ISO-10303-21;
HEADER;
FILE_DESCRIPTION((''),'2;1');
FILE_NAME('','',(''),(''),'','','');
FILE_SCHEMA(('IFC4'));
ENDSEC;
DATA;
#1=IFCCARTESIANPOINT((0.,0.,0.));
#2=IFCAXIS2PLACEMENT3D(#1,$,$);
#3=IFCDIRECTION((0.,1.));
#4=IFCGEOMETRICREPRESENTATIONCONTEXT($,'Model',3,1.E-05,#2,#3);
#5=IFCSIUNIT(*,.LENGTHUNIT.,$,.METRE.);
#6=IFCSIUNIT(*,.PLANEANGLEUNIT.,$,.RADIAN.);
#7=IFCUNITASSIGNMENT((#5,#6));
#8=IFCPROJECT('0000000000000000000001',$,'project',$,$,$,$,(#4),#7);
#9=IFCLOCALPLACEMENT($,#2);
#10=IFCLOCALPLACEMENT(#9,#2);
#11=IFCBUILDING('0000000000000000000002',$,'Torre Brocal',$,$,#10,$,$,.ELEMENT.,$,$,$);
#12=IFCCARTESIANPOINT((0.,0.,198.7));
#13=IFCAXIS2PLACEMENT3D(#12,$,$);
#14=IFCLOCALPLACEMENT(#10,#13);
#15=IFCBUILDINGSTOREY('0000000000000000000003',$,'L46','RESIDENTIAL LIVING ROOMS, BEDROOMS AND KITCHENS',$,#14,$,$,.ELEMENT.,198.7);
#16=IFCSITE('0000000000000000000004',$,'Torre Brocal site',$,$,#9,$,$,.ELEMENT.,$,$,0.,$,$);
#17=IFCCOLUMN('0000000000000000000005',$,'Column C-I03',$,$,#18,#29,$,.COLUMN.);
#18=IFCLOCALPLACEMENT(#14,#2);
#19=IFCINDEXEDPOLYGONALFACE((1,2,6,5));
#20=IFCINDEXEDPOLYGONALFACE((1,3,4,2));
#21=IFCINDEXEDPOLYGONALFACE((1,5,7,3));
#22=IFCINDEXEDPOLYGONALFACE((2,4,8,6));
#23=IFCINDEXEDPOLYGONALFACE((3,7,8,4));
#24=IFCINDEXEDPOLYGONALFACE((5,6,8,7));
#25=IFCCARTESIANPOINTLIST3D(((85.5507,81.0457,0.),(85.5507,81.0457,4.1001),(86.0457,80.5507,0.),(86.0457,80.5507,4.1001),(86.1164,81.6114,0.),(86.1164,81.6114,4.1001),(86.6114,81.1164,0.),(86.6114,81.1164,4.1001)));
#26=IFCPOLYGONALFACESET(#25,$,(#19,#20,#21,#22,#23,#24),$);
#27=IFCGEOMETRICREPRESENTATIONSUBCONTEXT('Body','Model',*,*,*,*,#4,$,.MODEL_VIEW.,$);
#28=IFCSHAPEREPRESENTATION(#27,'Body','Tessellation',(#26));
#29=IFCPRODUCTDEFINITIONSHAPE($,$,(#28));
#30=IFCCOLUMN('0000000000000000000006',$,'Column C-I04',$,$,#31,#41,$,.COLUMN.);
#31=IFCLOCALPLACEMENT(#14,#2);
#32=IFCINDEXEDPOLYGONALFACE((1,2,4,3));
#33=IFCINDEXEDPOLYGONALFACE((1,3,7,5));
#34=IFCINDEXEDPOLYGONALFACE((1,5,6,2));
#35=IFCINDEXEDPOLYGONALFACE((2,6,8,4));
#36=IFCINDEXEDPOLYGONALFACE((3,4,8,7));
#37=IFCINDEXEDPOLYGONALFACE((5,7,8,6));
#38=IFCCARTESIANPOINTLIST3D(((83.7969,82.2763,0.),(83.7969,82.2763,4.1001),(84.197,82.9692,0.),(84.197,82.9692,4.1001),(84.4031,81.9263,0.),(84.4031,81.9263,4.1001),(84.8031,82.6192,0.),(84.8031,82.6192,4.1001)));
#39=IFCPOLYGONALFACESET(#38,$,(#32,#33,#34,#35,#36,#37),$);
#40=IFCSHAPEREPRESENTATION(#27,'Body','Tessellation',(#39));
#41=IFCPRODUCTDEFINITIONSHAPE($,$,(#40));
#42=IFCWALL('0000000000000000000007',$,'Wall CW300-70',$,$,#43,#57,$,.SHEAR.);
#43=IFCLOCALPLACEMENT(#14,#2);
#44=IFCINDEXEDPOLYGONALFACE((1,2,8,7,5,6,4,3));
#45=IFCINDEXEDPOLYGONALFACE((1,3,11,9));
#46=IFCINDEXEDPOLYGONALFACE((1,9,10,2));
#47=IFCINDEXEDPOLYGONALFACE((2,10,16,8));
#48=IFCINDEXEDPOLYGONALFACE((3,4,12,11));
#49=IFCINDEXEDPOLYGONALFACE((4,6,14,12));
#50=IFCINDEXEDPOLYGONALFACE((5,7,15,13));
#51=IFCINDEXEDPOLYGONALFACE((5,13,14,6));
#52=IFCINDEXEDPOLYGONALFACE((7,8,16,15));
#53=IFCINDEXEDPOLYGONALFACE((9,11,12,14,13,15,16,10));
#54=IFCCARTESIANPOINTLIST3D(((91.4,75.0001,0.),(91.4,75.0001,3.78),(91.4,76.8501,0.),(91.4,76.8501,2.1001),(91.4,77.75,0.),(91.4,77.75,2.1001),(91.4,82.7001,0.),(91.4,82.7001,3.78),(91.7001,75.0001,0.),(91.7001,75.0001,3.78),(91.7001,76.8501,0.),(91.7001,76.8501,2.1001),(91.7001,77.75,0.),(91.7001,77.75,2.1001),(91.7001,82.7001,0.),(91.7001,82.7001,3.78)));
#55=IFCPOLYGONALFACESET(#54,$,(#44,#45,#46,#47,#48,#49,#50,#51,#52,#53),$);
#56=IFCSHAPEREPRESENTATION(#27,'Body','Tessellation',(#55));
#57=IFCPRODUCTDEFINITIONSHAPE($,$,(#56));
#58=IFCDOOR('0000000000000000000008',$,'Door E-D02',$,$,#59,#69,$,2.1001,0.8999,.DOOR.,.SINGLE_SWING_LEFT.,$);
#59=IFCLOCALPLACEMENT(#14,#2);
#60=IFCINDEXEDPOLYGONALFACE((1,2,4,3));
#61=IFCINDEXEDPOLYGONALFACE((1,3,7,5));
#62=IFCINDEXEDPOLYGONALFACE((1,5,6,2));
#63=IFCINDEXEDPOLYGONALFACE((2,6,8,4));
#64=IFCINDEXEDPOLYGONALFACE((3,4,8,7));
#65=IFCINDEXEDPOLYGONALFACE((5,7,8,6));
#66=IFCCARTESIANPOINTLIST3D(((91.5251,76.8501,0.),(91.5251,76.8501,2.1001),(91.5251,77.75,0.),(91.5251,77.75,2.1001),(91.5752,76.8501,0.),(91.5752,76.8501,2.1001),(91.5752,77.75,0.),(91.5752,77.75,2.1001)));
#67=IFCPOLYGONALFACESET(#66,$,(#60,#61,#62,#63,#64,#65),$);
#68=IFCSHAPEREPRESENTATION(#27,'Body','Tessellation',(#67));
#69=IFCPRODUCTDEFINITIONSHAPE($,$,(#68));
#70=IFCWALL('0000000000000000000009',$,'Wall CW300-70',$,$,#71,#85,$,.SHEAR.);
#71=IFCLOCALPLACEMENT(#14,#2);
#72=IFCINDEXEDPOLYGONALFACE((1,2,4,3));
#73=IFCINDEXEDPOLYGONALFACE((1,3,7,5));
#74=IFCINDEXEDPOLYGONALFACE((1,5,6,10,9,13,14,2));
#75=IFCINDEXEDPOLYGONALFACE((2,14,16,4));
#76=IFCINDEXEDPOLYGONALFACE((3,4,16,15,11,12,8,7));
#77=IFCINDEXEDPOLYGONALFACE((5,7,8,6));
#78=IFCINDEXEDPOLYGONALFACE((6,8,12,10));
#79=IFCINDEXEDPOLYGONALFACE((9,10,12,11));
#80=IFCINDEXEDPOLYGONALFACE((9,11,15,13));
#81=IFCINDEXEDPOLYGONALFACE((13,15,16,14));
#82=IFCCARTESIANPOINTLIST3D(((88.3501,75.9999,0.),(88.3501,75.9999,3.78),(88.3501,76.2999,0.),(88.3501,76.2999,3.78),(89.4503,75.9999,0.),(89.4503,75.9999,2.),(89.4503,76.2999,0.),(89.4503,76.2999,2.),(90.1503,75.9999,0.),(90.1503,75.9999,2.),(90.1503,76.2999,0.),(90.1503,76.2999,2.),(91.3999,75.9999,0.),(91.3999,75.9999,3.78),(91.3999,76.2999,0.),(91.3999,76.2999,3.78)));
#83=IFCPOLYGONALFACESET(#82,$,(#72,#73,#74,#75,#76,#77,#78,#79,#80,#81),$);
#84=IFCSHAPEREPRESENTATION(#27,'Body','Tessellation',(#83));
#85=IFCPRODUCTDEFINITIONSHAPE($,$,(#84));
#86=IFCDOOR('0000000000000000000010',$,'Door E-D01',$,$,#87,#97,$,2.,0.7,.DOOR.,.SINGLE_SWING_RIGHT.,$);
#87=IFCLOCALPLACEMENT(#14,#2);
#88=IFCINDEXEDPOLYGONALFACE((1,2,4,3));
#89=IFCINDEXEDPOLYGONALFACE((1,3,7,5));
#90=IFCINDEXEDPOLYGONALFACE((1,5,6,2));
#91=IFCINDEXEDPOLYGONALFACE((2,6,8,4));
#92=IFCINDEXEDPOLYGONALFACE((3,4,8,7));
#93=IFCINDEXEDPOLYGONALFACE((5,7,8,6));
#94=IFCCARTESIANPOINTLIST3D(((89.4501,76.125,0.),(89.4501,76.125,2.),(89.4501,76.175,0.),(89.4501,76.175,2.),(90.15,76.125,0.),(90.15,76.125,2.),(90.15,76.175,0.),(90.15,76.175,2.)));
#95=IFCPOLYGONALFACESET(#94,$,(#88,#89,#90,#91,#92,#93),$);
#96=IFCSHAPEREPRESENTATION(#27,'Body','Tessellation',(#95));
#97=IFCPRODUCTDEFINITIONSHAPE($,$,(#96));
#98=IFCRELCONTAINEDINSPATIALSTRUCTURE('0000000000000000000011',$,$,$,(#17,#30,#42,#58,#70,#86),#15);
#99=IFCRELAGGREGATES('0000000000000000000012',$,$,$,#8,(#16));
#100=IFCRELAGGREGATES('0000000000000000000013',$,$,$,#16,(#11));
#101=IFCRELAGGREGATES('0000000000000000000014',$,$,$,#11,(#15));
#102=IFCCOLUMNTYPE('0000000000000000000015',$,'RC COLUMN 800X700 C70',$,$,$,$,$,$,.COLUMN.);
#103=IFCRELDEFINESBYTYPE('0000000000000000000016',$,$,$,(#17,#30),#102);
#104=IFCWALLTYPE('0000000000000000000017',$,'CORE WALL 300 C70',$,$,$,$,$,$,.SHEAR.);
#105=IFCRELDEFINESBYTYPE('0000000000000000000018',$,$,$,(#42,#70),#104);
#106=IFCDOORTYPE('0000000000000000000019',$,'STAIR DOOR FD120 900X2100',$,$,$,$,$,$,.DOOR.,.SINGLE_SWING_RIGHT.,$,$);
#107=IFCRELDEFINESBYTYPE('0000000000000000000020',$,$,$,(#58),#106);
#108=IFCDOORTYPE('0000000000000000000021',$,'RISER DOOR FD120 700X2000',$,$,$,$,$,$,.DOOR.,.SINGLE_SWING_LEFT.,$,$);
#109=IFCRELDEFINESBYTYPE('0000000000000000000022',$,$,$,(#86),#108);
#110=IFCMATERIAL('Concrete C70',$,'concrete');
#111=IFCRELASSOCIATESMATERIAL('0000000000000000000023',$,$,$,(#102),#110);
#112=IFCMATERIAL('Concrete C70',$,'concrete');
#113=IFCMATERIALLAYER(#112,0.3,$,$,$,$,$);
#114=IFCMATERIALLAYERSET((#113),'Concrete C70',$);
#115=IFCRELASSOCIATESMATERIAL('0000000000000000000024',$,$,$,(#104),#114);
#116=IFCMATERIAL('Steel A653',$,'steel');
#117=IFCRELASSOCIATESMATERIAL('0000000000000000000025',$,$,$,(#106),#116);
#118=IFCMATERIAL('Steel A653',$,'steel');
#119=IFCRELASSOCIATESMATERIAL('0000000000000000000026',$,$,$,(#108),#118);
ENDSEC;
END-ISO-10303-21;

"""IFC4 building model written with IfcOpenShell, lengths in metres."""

from ifc_helpers import new_model, si_unit, direction, frame, frame_2d, origin, origin_2d, place, context, subcontext, project, spatial, rectangle, extrude, material, layer, layer_set, material_profile, profile_set, type_object, element, fill, save


model = new_model("IFC4")

# Units and contexts
model_context = context("Model", 3, precision=1e-05, world=origin(), true_north=direction((0.0, 1.0)))
body_context = subcontext(model_context, "Body", "Model", "MODEL_VIEW")
ifc_project = project(units=[si_unit("LENGTHUNIT", "METRE"), si_unit("PLANEANGLEUNIT", "RADIAN")], contexts=[model_context])

# Site, building, storey
site_placement = place(None, origin())
site = spatial("IfcSite", under=ifc_project, at=site_placement, Name="Torre Brocal site", CompositionType="ELEMENT", RefElevation=0.0)
building_placement = place(site_placement, origin())
building = spatial("IfcBuilding", under=site, at=building_placement, Name="Torre Brocal", CompositionType="ELEMENT")
storey_placement = place(building_placement, frame((0.0, 0.0, 198.7)))
storey = spatial("IfcBuildingStorey", under=building, at=storey_placement, Name="L46", Description="RESIDENTIAL LIVING ROOMS, BEDROOMS AND KITCHENS", CompositionType="ELEMENT", Elevation=198.7)

# Columns
ifc_material_1 = material(Name="Concrete C70", Category="concrete")
ifc_material_profile = material_profile(ifc_material_1, rectangle(XDim=0.8, YDim=0.7, at=origin_2d()), Name="RC 800X700")
ifc_profile_set = profile_set([ifc_material_profile], Name="Concrete C70")
column_type = type_object("IfcColumnType", Name="RC COLUMN 800X700 C70", PredefinedType="COLUMN", material=ifc_profile_set)
for number, where, z_axis, x_axis, name in (
    (1, (86.0811, 81.0811, 0.0), (0.0, 0.0, 1.0), (0.707107, 0.707107, 0.0), "Column C-I03"),
    (2, (84.3, 82.4478, 0.0), (0.0, 0.0, 1.0), (0.5, 0.866025, 0.0), "Column C-I04"),
):
    element("IfcColumn", number, at=place(storey_placement, frame(where, z_axis=z_axis, x_axis=x_axis)), inside=storey, type_object=column_type, Name=name, PredefinedType="COLUMN", context=body_context, shape_type="SweptSolid", body=[
        extrude(rectangle(XDim=0.8, YDim=0.7, at=origin_2d()), origin(), (0.0, 0.0, 1.0), 4.1001),
    ])

# Walls, openings, doors
ifc_material_2 = material(Name="Concrete C70", Category="concrete")
ifc_layer_1 = layer(ifc_material_2, 0.3)
ifc_layer_set_1 = layer_set([ifc_layer_1], Name="Concrete C70")
wall_type_1 = type_object("IfcWallType", Name="CORE WALL 300 C70", PredefinedType="SHEAR", material=ifc_layer_set_1)
wall_1_placement = place(storey_placement, frame((91.55, 75.0, 0.0), z_axis=(0.0, 0.0, 1.0), x_axis=(0.0, 1.0, 0.0)))
wall_1 = element("IfcWall", 3, at=wall_1_placement, inside=storey, type_object=wall_type_1, Name="Wall CW300-70", PredefinedType="SHEAR", context=body_context, shape_type="SweptSolid", body=[
    extrude(rectangle(XDim=7.7, YDim=0.3, at=frame_2d((3.8501, 0.0))), origin(), (0.0, 0.0, 1.0), 3.78),
])
opening_1_placement = place(wall_1_placement, frame((1.8501, 0.0, 0.0)))
opening_1 = element("IfcOpeningElement", 4, at=opening_1_placement, cuts=wall_1, PredefinedType="OPENING", context=body_context, shape_type="SweptSolid", body=[
    extrude(rectangle(XDim=0.8999, YDim=2.1001, at=frame_2d((0.45, 1.05))), frame((0.0, 0.1599, 0.0), z_axis=(0.0, -1.0, 0.0), x_axis=(1.0, 0.0, 0.0)), (0.0, 0.0, 1.0), 0.3201),
])
ifc_material_3 = material(Name="Steel A653", Category="steel")
door_type_1 = type_object("IfcDoorType", Name="STAIR DOOR FD120 900X2100", OperationType="SINGLE_SWING_RIGHT", PredefinedType="DOOR", material=ifc_material_3)
door_1_placement = place(opening_1_placement, origin())
door_1 = element("IfcDoor", 5, at=door_1_placement, inside=storey, type_object=door_type_1, Name="Door E-D02", OperationType="SINGLE_SWING_LEFT", OverallHeight=2.1001, OverallWidth=0.8999, PredefinedType="DOOR", context=body_context, shape_type="SweptSolid", body=[
    extrude(rectangle(XDim=0.8999, YDim=2.1001, at=frame_2d((0.45, 1.05))), frame((0.0, 0.0249, 0.0), z_axis=(0.0, -1.0, 0.0), x_axis=(1.0, 0.0, 0.0)), (0.0, 0.0, 1.0), 0.05),
])
fill(opening_1, door_1)
wall_2_placement = place(storey_placement, frame((88.3501, 76.1499, 0.0), z_axis=(0.0, 0.0, 1.0), x_axis=(1.0, 0.0, 0.0)))
wall_2 = element("IfcWall", 6, at=wall_2_placement, inside=storey, type_object=wall_type_1, Name="Wall CW300-70", PredefinedType="SHEAR", context=body_context, shape_type="SweptSolid", body=[
    extrude(rectangle(XDim=3.0498, YDim=0.3, at=frame_2d((1.5249, 0.0))), origin(), (0.0, 0.0, 1.0), 3.78),
])
opening_2_placement = place(wall_2_placement, frame((1.1001, 0.0, 0.0)))
opening_2 = element("IfcOpeningElement", 7, at=opening_2_placement, cuts=wall_2, PredefinedType="OPENING", context=body_context, shape_type="SweptSolid", body=[
    extrude(rectangle(XDim=0.7, YDim=2.0, at=frame_2d((0.3501, 1.0))), frame((0.0, 0.1599, 0.0), z_axis=(0.0, -1.0, 0.0), x_axis=(1.0, 0.0, 0.0)), (0.0, 0.0, 1.0), 0.3201),
])
ifc_material_4 = material(Name="Steel A653", Category="steel")
door_type_2 = type_object("IfcDoorType", Name="RISER DOOR FD120 700X2000", OperationType="SINGLE_SWING_LEFT", PredefinedType="DOOR", material=ifc_material_4)
door_2_placement = place(opening_2_placement, frame((0.7, 0.0, 0.0), z_axis=(0.0, 0.0, 1.0), x_axis=(-1.0, 0.0, 0.0)))
door_2 = element("IfcDoor", 8, at=door_2_placement, inside=storey, type_object=door_type_2, Name="Door E-D01", OperationType="SINGLE_SWING_RIGHT", OverallHeight=2.0, OverallWidth=0.7, PredefinedType="DOOR", context=body_context, shape_type="SweptSolid", body=[
    extrude(rectangle(XDim=0.7, YDim=2.0, at=frame_2d((0.3501, 1.0))), frame((0.0, 0.0249, 0.0), z_axis=(0.0, -1.0, 0.0), x_axis=(1.0, 0.0, 0.0)), (0.0, 0.0, 1.0), 0.05),
])
fill(opening_2, door_2)

save(model, "model.ifc")
